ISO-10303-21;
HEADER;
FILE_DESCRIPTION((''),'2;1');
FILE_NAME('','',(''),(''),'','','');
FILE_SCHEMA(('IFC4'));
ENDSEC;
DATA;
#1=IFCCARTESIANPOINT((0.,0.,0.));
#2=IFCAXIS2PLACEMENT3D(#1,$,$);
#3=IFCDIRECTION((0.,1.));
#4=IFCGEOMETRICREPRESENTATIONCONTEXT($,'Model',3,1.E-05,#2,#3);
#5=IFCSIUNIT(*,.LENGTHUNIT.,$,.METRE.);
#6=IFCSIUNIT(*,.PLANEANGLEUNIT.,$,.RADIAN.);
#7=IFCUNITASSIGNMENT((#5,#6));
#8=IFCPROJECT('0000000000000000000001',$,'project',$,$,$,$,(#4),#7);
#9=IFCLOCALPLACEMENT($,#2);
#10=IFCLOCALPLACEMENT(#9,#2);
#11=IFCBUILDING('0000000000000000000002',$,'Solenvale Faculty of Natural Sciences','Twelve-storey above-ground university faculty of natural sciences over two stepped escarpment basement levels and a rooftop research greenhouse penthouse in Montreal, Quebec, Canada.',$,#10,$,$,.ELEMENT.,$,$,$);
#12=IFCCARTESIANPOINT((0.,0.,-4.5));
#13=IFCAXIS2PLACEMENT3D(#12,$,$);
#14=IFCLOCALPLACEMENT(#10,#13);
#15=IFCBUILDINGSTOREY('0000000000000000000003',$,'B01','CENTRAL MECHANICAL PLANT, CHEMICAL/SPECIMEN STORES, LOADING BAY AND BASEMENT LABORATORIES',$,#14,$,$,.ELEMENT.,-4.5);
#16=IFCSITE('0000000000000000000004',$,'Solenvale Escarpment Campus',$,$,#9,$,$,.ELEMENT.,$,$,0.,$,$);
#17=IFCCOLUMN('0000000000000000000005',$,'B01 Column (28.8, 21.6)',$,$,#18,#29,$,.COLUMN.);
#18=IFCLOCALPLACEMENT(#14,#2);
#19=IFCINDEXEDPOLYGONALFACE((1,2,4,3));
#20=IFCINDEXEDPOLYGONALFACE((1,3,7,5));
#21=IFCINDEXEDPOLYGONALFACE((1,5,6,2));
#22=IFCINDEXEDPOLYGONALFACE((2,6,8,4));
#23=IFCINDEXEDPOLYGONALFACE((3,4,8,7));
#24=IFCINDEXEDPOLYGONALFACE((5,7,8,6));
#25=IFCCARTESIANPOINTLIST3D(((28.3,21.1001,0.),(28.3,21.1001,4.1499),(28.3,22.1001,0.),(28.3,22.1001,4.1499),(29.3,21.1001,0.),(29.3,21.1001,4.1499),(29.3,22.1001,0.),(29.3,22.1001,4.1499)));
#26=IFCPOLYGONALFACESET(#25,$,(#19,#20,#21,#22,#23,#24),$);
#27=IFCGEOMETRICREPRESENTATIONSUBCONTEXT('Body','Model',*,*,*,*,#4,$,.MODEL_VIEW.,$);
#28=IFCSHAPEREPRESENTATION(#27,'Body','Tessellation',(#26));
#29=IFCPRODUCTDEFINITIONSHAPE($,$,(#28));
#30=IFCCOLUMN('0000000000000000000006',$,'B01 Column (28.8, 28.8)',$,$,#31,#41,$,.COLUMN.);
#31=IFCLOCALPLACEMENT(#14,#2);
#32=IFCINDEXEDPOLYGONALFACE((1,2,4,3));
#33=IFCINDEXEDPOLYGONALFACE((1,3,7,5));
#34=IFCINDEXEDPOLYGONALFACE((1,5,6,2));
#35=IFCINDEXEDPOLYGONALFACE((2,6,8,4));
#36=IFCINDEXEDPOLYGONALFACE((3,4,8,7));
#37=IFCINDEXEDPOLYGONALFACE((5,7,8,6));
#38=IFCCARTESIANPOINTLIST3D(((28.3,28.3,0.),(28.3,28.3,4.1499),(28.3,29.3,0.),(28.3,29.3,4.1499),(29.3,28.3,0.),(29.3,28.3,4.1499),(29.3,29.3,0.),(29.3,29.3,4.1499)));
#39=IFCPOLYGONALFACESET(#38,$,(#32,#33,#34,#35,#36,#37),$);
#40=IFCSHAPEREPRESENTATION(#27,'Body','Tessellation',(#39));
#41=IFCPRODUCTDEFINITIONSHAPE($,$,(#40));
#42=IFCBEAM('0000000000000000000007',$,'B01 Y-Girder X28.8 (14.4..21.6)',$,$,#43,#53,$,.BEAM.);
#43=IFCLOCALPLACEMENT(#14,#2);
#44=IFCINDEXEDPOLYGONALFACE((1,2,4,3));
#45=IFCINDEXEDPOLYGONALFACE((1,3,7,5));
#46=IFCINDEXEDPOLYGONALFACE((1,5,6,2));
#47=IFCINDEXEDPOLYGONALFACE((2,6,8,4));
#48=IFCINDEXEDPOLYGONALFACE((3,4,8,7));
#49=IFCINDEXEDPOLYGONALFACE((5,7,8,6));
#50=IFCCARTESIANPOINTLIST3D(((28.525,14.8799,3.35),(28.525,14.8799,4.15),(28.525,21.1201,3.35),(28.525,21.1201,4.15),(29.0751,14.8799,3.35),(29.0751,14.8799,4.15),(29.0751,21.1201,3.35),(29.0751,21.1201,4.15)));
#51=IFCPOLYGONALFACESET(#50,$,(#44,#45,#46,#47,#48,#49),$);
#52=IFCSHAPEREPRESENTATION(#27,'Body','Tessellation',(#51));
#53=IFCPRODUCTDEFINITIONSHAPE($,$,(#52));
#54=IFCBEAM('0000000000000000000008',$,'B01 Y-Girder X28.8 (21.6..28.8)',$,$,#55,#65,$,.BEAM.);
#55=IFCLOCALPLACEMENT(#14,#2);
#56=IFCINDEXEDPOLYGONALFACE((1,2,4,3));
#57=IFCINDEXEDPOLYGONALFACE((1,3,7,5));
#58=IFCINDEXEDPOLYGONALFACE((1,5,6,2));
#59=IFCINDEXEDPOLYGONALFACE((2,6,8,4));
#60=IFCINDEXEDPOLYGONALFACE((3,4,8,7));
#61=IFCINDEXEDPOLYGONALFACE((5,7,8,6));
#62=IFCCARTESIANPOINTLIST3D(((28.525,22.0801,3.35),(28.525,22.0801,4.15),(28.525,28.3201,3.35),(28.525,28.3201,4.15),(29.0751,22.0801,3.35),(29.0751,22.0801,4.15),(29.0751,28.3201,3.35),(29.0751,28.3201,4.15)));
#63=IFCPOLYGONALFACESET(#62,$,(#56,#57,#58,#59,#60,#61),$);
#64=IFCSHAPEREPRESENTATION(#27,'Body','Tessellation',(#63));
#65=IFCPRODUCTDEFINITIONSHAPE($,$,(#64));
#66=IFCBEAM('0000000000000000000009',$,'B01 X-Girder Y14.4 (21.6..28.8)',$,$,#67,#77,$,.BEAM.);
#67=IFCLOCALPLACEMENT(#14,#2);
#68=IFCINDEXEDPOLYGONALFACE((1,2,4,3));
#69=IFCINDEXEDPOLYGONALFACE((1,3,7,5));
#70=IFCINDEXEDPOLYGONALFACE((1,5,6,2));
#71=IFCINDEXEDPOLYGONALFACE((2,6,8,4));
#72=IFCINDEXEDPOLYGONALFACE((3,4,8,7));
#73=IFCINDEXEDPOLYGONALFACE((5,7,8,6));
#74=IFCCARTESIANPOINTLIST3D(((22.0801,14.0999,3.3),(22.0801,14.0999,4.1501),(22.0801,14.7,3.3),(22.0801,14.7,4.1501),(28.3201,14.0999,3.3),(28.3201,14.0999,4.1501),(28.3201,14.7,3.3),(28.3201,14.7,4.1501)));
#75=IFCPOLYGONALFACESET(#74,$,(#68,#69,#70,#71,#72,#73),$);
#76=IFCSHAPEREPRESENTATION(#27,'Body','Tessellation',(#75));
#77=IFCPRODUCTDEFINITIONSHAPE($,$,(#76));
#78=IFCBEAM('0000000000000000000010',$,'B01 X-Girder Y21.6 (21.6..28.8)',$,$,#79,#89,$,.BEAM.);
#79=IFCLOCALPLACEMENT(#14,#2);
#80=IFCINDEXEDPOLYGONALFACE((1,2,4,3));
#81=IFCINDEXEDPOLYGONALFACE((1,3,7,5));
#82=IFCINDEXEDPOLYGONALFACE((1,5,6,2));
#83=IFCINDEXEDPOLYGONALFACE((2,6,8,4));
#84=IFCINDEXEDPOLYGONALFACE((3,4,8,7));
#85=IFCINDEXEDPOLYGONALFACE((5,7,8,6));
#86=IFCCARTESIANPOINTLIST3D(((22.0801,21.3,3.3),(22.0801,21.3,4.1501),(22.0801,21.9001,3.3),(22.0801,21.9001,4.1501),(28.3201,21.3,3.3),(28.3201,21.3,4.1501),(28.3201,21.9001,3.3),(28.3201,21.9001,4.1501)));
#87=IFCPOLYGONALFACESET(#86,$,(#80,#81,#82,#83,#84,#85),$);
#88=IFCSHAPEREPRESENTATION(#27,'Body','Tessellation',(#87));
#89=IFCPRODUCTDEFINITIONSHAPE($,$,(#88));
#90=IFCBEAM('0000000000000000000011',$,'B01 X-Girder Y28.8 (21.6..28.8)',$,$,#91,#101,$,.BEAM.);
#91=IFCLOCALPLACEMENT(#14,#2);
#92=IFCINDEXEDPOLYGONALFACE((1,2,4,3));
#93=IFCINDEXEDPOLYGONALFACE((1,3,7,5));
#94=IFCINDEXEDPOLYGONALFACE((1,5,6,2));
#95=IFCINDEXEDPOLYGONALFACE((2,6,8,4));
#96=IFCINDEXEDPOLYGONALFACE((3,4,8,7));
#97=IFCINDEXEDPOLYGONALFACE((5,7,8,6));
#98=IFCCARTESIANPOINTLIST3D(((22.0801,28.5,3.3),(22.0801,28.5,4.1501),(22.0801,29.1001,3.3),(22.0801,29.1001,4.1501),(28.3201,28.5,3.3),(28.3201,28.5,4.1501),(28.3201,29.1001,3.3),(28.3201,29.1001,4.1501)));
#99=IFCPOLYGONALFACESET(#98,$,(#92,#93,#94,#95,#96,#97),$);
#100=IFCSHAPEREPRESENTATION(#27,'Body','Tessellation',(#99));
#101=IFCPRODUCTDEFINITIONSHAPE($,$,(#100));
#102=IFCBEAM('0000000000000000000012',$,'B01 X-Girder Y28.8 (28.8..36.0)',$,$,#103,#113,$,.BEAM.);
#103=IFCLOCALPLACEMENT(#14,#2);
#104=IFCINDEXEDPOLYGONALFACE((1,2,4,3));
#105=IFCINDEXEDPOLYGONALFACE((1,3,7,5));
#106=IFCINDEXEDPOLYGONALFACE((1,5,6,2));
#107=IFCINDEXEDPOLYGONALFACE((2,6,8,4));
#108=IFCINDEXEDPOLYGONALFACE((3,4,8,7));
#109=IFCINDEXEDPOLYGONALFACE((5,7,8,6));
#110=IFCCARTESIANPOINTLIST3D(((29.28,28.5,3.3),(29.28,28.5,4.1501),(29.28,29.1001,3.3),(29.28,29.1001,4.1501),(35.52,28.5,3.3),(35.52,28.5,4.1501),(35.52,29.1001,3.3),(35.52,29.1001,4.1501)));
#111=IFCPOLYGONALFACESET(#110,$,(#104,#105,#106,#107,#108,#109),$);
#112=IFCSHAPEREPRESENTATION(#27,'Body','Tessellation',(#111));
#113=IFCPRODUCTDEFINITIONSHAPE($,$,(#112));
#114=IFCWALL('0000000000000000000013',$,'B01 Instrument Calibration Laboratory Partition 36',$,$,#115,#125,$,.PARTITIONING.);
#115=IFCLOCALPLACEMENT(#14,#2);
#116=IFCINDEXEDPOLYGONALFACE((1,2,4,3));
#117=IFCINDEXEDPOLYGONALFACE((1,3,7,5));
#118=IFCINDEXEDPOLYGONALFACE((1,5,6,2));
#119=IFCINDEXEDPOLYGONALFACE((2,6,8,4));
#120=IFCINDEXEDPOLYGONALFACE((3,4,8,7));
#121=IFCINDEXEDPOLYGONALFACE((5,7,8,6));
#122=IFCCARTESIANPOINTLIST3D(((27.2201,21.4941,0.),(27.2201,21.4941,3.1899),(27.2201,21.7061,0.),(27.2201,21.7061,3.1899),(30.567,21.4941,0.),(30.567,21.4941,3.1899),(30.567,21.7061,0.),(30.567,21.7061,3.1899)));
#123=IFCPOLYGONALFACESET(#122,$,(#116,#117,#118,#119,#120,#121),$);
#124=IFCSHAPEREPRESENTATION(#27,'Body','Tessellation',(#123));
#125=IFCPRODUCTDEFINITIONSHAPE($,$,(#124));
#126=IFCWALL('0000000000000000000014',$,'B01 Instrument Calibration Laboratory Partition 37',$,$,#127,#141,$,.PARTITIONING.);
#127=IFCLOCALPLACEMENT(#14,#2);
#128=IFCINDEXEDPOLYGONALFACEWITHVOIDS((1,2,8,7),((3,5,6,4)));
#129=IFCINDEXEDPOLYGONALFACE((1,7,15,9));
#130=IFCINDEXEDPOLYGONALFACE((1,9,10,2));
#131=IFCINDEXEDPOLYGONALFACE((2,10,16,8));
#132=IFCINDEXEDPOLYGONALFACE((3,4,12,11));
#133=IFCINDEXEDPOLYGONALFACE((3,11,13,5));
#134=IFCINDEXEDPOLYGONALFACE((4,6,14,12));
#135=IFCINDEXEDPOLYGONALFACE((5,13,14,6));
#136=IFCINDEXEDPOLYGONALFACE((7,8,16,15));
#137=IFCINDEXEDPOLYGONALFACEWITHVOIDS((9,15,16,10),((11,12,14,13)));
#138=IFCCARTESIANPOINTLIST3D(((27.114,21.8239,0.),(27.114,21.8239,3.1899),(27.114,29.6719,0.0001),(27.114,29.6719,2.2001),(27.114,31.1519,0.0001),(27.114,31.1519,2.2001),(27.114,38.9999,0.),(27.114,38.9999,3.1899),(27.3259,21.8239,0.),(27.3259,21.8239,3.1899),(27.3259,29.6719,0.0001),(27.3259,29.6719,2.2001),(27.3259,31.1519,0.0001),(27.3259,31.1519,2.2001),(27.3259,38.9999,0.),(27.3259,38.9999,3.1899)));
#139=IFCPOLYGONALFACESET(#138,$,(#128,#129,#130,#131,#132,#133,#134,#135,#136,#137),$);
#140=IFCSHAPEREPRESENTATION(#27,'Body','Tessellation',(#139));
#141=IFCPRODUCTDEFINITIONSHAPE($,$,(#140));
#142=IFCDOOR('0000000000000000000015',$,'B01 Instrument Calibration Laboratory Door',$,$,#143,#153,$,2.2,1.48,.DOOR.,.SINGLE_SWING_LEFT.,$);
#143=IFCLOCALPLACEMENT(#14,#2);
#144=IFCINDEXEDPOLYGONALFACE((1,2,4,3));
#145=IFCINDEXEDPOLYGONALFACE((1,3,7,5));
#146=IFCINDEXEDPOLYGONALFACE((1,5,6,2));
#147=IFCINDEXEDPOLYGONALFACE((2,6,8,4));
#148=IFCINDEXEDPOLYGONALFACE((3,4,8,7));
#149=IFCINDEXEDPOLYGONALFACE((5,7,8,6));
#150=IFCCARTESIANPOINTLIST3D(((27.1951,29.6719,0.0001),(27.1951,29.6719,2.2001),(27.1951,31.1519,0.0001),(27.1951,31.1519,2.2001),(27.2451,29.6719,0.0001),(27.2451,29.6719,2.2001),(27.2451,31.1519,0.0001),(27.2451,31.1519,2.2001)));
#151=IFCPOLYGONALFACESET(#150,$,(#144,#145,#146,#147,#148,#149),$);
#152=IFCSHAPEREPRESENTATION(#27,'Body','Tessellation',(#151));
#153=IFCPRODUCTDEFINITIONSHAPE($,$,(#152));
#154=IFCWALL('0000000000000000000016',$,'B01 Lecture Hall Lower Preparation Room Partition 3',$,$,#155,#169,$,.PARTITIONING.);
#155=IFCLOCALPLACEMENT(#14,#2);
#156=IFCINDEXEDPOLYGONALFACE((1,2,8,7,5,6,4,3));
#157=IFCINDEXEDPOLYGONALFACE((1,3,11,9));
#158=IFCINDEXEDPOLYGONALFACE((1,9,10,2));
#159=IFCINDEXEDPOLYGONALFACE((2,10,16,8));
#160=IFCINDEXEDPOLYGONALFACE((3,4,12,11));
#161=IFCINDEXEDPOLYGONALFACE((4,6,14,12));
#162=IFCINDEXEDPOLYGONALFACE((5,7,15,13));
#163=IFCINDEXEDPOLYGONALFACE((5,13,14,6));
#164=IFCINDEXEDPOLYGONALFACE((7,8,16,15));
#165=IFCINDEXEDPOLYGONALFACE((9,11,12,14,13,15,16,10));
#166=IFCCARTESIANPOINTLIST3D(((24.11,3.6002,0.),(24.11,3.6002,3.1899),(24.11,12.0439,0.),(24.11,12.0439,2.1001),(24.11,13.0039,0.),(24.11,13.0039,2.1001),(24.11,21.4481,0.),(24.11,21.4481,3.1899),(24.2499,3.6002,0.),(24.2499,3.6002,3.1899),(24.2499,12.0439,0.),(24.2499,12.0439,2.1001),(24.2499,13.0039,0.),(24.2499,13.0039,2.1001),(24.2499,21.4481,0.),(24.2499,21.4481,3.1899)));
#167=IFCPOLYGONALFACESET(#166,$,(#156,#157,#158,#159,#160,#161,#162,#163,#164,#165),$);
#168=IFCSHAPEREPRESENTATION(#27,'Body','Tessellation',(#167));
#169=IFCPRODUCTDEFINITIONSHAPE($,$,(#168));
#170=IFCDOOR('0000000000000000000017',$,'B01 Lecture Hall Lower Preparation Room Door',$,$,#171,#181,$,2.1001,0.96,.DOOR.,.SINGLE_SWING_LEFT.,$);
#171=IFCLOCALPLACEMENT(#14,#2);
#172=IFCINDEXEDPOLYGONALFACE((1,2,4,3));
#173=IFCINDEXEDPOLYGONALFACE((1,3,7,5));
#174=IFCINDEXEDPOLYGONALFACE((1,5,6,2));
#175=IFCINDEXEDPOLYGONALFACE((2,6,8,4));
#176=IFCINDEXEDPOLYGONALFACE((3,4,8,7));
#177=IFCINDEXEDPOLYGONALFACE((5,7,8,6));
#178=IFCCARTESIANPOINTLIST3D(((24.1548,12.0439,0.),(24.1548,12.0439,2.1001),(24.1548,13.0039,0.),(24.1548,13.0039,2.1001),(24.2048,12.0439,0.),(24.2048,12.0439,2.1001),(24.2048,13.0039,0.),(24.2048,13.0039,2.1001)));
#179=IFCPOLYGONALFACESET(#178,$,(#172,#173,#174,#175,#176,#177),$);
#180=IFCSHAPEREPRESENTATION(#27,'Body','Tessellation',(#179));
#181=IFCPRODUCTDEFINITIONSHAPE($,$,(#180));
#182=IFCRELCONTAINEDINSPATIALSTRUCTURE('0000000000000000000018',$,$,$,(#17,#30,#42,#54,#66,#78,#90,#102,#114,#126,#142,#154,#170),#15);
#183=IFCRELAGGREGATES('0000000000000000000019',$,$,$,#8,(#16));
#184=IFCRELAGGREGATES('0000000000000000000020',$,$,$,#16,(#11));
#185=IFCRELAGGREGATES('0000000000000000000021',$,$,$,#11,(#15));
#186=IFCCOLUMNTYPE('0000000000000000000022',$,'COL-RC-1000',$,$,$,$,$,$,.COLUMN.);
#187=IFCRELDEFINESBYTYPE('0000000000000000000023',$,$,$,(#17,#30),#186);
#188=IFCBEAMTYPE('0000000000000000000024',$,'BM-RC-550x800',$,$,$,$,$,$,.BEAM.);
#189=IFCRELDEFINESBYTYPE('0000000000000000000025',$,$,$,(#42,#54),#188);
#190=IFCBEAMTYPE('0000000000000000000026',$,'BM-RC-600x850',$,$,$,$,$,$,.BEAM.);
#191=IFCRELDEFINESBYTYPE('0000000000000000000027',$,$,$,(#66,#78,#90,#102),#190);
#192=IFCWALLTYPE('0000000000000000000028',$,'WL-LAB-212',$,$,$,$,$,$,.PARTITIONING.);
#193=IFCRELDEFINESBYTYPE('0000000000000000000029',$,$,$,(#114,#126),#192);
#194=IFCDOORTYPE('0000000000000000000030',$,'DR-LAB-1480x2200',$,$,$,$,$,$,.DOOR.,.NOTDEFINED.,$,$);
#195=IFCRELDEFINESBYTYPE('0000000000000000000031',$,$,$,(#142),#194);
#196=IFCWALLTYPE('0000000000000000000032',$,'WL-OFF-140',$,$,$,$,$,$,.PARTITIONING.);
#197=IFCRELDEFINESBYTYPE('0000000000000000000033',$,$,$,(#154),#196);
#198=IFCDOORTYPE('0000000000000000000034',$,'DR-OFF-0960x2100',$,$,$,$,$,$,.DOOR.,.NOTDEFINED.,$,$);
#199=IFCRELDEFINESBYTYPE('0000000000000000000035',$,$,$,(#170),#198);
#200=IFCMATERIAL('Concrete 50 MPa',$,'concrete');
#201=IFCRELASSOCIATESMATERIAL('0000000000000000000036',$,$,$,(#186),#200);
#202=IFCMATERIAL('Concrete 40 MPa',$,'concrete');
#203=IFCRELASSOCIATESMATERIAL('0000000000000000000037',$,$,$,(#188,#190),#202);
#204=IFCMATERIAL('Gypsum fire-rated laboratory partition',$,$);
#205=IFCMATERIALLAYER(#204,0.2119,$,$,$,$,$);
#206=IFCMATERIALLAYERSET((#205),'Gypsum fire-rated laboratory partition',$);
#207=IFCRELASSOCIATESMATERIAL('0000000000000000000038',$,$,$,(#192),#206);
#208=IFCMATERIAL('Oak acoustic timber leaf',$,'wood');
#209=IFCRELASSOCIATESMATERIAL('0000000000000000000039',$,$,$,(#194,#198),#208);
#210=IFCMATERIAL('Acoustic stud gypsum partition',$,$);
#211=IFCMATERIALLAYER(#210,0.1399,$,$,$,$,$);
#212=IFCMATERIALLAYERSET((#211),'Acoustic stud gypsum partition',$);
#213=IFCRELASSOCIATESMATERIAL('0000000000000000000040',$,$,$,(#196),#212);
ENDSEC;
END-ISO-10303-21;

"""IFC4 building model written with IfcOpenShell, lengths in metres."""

from ifc_helpers import new_model, si_unit, direction, frame, frame_2d, origin, origin_2d, place, context, subcontext, project, spatial, rectangle, extrude, material, layer, layer_set, material_profile, profile_set, type_object, element, fill, save


model = new_model("IFC4")

# Units and contexts
model_context = context("Model", 3, precision=1e-05, world=origin(), true_north=direction((0.0, 1.0)))
body_context = subcontext(model_context, "Body", "Model", "MODEL_VIEW")
ifc_project = project(units=[si_unit("LENGTHUNIT", "METRE"), si_unit("PLANEANGLEUNIT", "RADIAN")], contexts=[model_context])

# Site, building, storey
site_placement = place(None, origin())
site = spatial("IfcSite", under=ifc_project, at=site_placement, Name="Solenvale Escarpment Campus", CompositionType="ELEMENT", RefElevation=0.0)
building_placement = place(site_placement, origin())
building = spatial("IfcBuilding", under=site, at=building_placement, Name="Solenvale Faculty of Natural Sciences", Description="Twelve-storey above-ground university faculty of natural sciences over two stepped escarpment basement levels and a rooftop research greenhouse penthouse in Montreal, Quebec, Canada.", CompositionType="ELEMENT")
storey_placement = place(building_placement, frame((0.0, 0.0, -4.5)))
storey = spatial("IfcBuildingStorey", under=building, at=storey_placement, Name="B01", Description="CENTRAL MECHANICAL PLANT, CHEMICAL/SPECIMEN STORES, LOADING BAY AND BASEMENT LABORATORIES", CompositionType="ELEMENT", Elevation=-4.5)

# Shared definitions
ifc_material_1 = material(Name="Concrete 40 MPa", Category="concrete")

# Columns
ifc_material_2 = material(Name="Concrete 50 MPa", Category="concrete")
ifc_material_profile_1 = material_profile(ifc_material_2, rectangle(XDim=1.0, YDim=1.0, at=origin_2d()), Name="RC-COL-1000x1000")
ifc_profile_set_1 = profile_set([ifc_material_profile_1], Name="Concrete 50 MPa")
column_type = type_object("IfcColumnType", Name="COL-RC-1000", PredefinedType="COLUMN", material=ifc_profile_set_1)
for number, where, z_axis, x_axis, name in (
    (1, (28.8, 21.6001, 0.0), (0.0, 0.0, 1.0), (1.0, 0.0, 0.0), "B01 Column (28.8, 21.6)"),
    (2, (28.8, 28.8, 0.0), (0.0, 0.0, 1.0), (1.0, 0.0, 0.0), "B01 Column (28.8, 28.8)"),
):
    element("IfcColumn", number, at=place(storey_placement, frame(where, z_axis=z_axis, x_axis=x_axis)), inside=storey, type_object=column_type, Name=name, PredefinedType="COLUMN", context=body_context, shape_type="SweptSolid", body=[
        extrude(rectangle(XDim=1.0, YDim=1.0, at=origin_2d()), origin(), (0.0, 0.0, 1.0), 4.1499),
    ])

# Beams
ifc_material_profile_2 = material_profile(ifc_material_1, rectangle(XDim=0.55, YDim=0.8, at=origin_2d()), Name="RC-BM-550x800")
ifc_profile_set_2 = profile_set([ifc_material_profile_2], Name="Concrete 40 MPa")
beam_type_1 = type_object("IfcBeamType", Name="BM-RC-550x800", PredefinedType="BEAM", material=ifc_profile_set_2)
beam_1_placement = place(storey_placement, frame((28.8, 14.8799, 3.75), z_axis=(0.0, 1.0, 0.0), x_axis=(-1.0, 0.0, 0.0)))
element("IfcBeam", 3, at=beam_1_placement, inside=storey, type_object=beam_type_1, Name="B01 Y-Girder X28.8 (14.4..21.6)", PredefinedType="BEAM", context=body_context, shape_type="SweptSolid", body=[
    extrude(rectangle(XDim=0.55, YDim=0.8, at=origin_2d()), origin(), (0.0, 0.0, 1.0), 6.2402),
])
beam_2_placement = place(storey_placement, frame((28.8, 22.0801, 3.75), z_axis=(0.0, 1.0, 0.0), x_axis=(-1.0, 0.0, 0.0)))
element("IfcBeam", 4, at=beam_2_placement, inside=storey, type_object=beam_type_1, Name="B01 Y-Girder X28.8 (21.6..28.8)", PredefinedType="BEAM", context=body_context, shape_type="SweptSolid", body=[
    extrude(rectangle(XDim=0.55, YDim=0.8, at=origin_2d()), origin(), (0.0, 0.0, 1.0), 6.24),
])
ifc_material_profile_3 = material_profile(ifc_material_1, rectangle(XDim=0.6001, YDim=0.8501, at=origin_2d()), Name="RC-BM-600x850")
ifc_profile_set_3 = profile_set([ifc_material_profile_3], Name="Concrete 40 MPa")
beam_type_2 = type_object("IfcBeamType", Name="BM-RC-600x850", PredefinedType="BEAM", material=ifc_profile_set_3)
for number, where, z_axis, x_axis, name in (
    (5, (22.0801, 14.3999, 3.7251), (1.0, 0.0, 0.0), (0.0, 1.0, 0.0), "B01 X-Girder Y14.4 (21.6..28.8)"),
    (6, (22.0801, 21.6001, 3.7251), (1.0, 0.0, 0.0), (0.0, 1.0, 0.0), "B01 X-Girder Y21.6 (21.6..28.8)"),
    (7, (22.0801, 28.8, 3.7251), (1.0, 0.0, 0.0), (0.0, 1.0, 0.0), "B01 X-Girder Y28.8 (21.6..28.8)"),
    (8, (29.28, 28.8, 3.7251), (1.0, 0.0, 0.0), (0.0, 1.0, 0.0), "B01 X-Girder Y28.8 (28.8..36.0)"),
):
    element("IfcBeam", number, at=place(storey_placement, frame(where, z_axis=z_axis, x_axis=x_axis)), inside=storey, type_object=beam_type_2, Name=name, PredefinedType="BEAM", context=body_context, shape_type="SweptSolid", body=[
        extrude(rectangle(XDim=0.6001, YDim=0.8501, at=origin_2d()), origin(), (0.0, 0.0, 1.0), 6.24),
    ])

# Wall
ifc_material_3 = material(Name="Gypsum fire-rated laboratory partition")
ifc_layer_1 = layer(ifc_material_3, 0.2119)
ifc_layer_set_1 = layer_set([ifc_layer_1], Name="Gypsum fire-rated laboratory partition")
wall_type_1 = type_object("IfcWallType", Name="WL-LAB-212", PredefinedType="PARTITIONING", material=ifc_layer_set_1)
wall_1_placement = place(storey_placement, frame((30.5669, 21.6001, 0.0), z_axis=(0.0, 0.0, 1.0), x_axis=(-1.0, 0.0, 0.0)))
element("IfcWall", 9, at=wall_1_placement, inside=storey, type_object=wall_type_1, Name="B01 Instrument Calibration Laboratory Partition 36", PredefinedType="PARTITIONING", context=body_context, shape_type="SweptSolid", body=[
    extrude(rectangle(XDim=3.3469, YDim=0.2119, at=frame_2d((1.6733, 0.0))), origin(), (0.0, 0.0, 1.0), 3.1899),
])

# Walls, openings, doors
wall_2_placement = place(storey_placement, frame((27.22, 21.824, 0.0), z_axis=(0.0, 0.0, 1.0), x_axis=(0.0, 1.0, 0.0)))
wall_2 = element("IfcWall", 10, at=wall_2_placement, inside=storey, type_object=wall_type_1, Name="B01 Instrument Calibration Laboratory Partition 37", PredefinedType="PARTITIONING", context=body_context, shape_type="SweptSolid", body=[
    extrude(rectangle(XDim=17.176, YDim=0.2119, at=frame_2d((8.5879, 0.0))), origin(), (0.0, 0.0, 1.0), 3.1899),
])
opening_1_placement = place(wall_2_placement, frame((7.8479, 0.0, 0.0)))
opening_1 = element("IfcOpeningElement", 11, at=opening_1_placement, cuts=wall_2, PredefinedType="OPENING", context=body_context, shape_type="SweptSolid", body=[
    extrude(rectangle(XDim=1.48, YDim=2.2, at=frame_2d((0.74, 1.1001))), frame((0.0, 0.116, 0.0), z_axis=(0.0, -1.0, 0.0), x_axis=(1.0, 0.0, 0.0)), (0.0, 0.0, 1.0), 0.2319),
])
ifc_material_4 = material(Name="Oak acoustic timber leaf", Category="wood")
door_type_1 = type_object("IfcDoorType", Name="DR-LAB-1480x2200", OperationType="NOTDEFINED", PredefinedType="DOOR", material=ifc_material_4)
door_1_placement = place(opening_1_placement, origin())
door_1 = element("IfcDoor", 12, at=door_1_placement, inside=storey, type_object=door_type_1, Name="B01 Instrument Calibration Laboratory Door", OperationType="SINGLE_SWING_LEFT", OverallHeight=2.2, OverallWidth=1.48, PredefinedType="DOOR", context=body_context, shape_type="SweptSolid", body=[
    extrude(rectangle(XDim=1.48, YDim=2.2, at=frame_2d((0.74, 1.1001))), frame((0.0, 0.0249, 0.0), z_axis=(0.0, -1.0, 0.0), x_axis=(1.0, 0.0, 0.0)), (0.0, 0.0, 1.0), 0.05),
])
fill(opening_1, door_1)
ifc_material_5 = material(Name="Acoustic stud gypsum partition")
ifc_layer_2 = layer(ifc_material_5, 0.1399)
ifc_layer_set_2 = layer_set([ifc_layer_2], Name="Acoustic stud gypsum partition")
wall_type_2 = type_object("IfcWallType", Name="WL-OFF-140", PredefinedType="PARTITIONING", material=ifc_layer_set_2)
wall_3_placement = place(storey_placement, frame((24.1799, 21.448, 0.0), z_axis=(0.0, 0.0, 1.0), x_axis=(0.0, -1.0, 0.0)))
wall_3 = element("IfcWall", 13, at=wall_3_placement, inside=storey, type_object=wall_type_2, Name="B01 Lecture Hall Lower Preparation Room Partition 3", PredefinedType="PARTITIONING", context=body_context, shape_type="SweptSolid", body=[
    extrude(rectangle(XDim=17.8479, YDim=0.1399, at=frame_2d((8.9238, 0.0))), origin(), (0.0, 0.0, 1.0), 3.1899),
])
opening_2_placement = place(wall_3_placement, frame((8.4441, 0.0, 0.0)))
opening_2 = element("IfcOpeningElement", 14, at=opening_2_placement, cuts=wall_3, PredefinedType="OPENING", context=body_context, shape_type="SweptSolid", body=[
    extrude(rectangle(XDim=0.96, YDim=2.1001, at=frame_2d((0.48, 1.05))), frame((0.0, 0.0798, 0.0), z_axis=(0.0, -1.0, 0.0), x_axis=(1.0, 0.0, 0.0)), (0.0, 0.0, 1.0), 0.1599),
])
door_type_2 = type_object("IfcDoorType", Name="DR-OFF-0960x2100", OperationType="NOTDEFINED", PredefinedType="DOOR", material=ifc_material_4)
door_2_placement = place(opening_2_placement, origin())
door_2 = element("IfcDoor", 15, at=door_2_placement, inside=storey, type_object=door_type_2, Name="B01 Lecture Hall Lower Preparation Room Door", OperationType="SINGLE_SWING_LEFT", OverallHeight=2.1001, OverallWidth=0.96, PredefinedType="DOOR", context=body_context, shape_type="SweptSolid", body=[
    extrude(rectangle(XDim=0.96, YDim=2.1001, at=frame_2d((0.48, 1.05))), frame((0.0, 0.0249, 0.0), z_axis=(0.0, -1.0, 0.0), x_axis=(1.0, 0.0, 0.0)), (0.0, 0.0, 1.0), 0.05),
])
fill(opening_2, door_2)

save(model, "model.ifc")
